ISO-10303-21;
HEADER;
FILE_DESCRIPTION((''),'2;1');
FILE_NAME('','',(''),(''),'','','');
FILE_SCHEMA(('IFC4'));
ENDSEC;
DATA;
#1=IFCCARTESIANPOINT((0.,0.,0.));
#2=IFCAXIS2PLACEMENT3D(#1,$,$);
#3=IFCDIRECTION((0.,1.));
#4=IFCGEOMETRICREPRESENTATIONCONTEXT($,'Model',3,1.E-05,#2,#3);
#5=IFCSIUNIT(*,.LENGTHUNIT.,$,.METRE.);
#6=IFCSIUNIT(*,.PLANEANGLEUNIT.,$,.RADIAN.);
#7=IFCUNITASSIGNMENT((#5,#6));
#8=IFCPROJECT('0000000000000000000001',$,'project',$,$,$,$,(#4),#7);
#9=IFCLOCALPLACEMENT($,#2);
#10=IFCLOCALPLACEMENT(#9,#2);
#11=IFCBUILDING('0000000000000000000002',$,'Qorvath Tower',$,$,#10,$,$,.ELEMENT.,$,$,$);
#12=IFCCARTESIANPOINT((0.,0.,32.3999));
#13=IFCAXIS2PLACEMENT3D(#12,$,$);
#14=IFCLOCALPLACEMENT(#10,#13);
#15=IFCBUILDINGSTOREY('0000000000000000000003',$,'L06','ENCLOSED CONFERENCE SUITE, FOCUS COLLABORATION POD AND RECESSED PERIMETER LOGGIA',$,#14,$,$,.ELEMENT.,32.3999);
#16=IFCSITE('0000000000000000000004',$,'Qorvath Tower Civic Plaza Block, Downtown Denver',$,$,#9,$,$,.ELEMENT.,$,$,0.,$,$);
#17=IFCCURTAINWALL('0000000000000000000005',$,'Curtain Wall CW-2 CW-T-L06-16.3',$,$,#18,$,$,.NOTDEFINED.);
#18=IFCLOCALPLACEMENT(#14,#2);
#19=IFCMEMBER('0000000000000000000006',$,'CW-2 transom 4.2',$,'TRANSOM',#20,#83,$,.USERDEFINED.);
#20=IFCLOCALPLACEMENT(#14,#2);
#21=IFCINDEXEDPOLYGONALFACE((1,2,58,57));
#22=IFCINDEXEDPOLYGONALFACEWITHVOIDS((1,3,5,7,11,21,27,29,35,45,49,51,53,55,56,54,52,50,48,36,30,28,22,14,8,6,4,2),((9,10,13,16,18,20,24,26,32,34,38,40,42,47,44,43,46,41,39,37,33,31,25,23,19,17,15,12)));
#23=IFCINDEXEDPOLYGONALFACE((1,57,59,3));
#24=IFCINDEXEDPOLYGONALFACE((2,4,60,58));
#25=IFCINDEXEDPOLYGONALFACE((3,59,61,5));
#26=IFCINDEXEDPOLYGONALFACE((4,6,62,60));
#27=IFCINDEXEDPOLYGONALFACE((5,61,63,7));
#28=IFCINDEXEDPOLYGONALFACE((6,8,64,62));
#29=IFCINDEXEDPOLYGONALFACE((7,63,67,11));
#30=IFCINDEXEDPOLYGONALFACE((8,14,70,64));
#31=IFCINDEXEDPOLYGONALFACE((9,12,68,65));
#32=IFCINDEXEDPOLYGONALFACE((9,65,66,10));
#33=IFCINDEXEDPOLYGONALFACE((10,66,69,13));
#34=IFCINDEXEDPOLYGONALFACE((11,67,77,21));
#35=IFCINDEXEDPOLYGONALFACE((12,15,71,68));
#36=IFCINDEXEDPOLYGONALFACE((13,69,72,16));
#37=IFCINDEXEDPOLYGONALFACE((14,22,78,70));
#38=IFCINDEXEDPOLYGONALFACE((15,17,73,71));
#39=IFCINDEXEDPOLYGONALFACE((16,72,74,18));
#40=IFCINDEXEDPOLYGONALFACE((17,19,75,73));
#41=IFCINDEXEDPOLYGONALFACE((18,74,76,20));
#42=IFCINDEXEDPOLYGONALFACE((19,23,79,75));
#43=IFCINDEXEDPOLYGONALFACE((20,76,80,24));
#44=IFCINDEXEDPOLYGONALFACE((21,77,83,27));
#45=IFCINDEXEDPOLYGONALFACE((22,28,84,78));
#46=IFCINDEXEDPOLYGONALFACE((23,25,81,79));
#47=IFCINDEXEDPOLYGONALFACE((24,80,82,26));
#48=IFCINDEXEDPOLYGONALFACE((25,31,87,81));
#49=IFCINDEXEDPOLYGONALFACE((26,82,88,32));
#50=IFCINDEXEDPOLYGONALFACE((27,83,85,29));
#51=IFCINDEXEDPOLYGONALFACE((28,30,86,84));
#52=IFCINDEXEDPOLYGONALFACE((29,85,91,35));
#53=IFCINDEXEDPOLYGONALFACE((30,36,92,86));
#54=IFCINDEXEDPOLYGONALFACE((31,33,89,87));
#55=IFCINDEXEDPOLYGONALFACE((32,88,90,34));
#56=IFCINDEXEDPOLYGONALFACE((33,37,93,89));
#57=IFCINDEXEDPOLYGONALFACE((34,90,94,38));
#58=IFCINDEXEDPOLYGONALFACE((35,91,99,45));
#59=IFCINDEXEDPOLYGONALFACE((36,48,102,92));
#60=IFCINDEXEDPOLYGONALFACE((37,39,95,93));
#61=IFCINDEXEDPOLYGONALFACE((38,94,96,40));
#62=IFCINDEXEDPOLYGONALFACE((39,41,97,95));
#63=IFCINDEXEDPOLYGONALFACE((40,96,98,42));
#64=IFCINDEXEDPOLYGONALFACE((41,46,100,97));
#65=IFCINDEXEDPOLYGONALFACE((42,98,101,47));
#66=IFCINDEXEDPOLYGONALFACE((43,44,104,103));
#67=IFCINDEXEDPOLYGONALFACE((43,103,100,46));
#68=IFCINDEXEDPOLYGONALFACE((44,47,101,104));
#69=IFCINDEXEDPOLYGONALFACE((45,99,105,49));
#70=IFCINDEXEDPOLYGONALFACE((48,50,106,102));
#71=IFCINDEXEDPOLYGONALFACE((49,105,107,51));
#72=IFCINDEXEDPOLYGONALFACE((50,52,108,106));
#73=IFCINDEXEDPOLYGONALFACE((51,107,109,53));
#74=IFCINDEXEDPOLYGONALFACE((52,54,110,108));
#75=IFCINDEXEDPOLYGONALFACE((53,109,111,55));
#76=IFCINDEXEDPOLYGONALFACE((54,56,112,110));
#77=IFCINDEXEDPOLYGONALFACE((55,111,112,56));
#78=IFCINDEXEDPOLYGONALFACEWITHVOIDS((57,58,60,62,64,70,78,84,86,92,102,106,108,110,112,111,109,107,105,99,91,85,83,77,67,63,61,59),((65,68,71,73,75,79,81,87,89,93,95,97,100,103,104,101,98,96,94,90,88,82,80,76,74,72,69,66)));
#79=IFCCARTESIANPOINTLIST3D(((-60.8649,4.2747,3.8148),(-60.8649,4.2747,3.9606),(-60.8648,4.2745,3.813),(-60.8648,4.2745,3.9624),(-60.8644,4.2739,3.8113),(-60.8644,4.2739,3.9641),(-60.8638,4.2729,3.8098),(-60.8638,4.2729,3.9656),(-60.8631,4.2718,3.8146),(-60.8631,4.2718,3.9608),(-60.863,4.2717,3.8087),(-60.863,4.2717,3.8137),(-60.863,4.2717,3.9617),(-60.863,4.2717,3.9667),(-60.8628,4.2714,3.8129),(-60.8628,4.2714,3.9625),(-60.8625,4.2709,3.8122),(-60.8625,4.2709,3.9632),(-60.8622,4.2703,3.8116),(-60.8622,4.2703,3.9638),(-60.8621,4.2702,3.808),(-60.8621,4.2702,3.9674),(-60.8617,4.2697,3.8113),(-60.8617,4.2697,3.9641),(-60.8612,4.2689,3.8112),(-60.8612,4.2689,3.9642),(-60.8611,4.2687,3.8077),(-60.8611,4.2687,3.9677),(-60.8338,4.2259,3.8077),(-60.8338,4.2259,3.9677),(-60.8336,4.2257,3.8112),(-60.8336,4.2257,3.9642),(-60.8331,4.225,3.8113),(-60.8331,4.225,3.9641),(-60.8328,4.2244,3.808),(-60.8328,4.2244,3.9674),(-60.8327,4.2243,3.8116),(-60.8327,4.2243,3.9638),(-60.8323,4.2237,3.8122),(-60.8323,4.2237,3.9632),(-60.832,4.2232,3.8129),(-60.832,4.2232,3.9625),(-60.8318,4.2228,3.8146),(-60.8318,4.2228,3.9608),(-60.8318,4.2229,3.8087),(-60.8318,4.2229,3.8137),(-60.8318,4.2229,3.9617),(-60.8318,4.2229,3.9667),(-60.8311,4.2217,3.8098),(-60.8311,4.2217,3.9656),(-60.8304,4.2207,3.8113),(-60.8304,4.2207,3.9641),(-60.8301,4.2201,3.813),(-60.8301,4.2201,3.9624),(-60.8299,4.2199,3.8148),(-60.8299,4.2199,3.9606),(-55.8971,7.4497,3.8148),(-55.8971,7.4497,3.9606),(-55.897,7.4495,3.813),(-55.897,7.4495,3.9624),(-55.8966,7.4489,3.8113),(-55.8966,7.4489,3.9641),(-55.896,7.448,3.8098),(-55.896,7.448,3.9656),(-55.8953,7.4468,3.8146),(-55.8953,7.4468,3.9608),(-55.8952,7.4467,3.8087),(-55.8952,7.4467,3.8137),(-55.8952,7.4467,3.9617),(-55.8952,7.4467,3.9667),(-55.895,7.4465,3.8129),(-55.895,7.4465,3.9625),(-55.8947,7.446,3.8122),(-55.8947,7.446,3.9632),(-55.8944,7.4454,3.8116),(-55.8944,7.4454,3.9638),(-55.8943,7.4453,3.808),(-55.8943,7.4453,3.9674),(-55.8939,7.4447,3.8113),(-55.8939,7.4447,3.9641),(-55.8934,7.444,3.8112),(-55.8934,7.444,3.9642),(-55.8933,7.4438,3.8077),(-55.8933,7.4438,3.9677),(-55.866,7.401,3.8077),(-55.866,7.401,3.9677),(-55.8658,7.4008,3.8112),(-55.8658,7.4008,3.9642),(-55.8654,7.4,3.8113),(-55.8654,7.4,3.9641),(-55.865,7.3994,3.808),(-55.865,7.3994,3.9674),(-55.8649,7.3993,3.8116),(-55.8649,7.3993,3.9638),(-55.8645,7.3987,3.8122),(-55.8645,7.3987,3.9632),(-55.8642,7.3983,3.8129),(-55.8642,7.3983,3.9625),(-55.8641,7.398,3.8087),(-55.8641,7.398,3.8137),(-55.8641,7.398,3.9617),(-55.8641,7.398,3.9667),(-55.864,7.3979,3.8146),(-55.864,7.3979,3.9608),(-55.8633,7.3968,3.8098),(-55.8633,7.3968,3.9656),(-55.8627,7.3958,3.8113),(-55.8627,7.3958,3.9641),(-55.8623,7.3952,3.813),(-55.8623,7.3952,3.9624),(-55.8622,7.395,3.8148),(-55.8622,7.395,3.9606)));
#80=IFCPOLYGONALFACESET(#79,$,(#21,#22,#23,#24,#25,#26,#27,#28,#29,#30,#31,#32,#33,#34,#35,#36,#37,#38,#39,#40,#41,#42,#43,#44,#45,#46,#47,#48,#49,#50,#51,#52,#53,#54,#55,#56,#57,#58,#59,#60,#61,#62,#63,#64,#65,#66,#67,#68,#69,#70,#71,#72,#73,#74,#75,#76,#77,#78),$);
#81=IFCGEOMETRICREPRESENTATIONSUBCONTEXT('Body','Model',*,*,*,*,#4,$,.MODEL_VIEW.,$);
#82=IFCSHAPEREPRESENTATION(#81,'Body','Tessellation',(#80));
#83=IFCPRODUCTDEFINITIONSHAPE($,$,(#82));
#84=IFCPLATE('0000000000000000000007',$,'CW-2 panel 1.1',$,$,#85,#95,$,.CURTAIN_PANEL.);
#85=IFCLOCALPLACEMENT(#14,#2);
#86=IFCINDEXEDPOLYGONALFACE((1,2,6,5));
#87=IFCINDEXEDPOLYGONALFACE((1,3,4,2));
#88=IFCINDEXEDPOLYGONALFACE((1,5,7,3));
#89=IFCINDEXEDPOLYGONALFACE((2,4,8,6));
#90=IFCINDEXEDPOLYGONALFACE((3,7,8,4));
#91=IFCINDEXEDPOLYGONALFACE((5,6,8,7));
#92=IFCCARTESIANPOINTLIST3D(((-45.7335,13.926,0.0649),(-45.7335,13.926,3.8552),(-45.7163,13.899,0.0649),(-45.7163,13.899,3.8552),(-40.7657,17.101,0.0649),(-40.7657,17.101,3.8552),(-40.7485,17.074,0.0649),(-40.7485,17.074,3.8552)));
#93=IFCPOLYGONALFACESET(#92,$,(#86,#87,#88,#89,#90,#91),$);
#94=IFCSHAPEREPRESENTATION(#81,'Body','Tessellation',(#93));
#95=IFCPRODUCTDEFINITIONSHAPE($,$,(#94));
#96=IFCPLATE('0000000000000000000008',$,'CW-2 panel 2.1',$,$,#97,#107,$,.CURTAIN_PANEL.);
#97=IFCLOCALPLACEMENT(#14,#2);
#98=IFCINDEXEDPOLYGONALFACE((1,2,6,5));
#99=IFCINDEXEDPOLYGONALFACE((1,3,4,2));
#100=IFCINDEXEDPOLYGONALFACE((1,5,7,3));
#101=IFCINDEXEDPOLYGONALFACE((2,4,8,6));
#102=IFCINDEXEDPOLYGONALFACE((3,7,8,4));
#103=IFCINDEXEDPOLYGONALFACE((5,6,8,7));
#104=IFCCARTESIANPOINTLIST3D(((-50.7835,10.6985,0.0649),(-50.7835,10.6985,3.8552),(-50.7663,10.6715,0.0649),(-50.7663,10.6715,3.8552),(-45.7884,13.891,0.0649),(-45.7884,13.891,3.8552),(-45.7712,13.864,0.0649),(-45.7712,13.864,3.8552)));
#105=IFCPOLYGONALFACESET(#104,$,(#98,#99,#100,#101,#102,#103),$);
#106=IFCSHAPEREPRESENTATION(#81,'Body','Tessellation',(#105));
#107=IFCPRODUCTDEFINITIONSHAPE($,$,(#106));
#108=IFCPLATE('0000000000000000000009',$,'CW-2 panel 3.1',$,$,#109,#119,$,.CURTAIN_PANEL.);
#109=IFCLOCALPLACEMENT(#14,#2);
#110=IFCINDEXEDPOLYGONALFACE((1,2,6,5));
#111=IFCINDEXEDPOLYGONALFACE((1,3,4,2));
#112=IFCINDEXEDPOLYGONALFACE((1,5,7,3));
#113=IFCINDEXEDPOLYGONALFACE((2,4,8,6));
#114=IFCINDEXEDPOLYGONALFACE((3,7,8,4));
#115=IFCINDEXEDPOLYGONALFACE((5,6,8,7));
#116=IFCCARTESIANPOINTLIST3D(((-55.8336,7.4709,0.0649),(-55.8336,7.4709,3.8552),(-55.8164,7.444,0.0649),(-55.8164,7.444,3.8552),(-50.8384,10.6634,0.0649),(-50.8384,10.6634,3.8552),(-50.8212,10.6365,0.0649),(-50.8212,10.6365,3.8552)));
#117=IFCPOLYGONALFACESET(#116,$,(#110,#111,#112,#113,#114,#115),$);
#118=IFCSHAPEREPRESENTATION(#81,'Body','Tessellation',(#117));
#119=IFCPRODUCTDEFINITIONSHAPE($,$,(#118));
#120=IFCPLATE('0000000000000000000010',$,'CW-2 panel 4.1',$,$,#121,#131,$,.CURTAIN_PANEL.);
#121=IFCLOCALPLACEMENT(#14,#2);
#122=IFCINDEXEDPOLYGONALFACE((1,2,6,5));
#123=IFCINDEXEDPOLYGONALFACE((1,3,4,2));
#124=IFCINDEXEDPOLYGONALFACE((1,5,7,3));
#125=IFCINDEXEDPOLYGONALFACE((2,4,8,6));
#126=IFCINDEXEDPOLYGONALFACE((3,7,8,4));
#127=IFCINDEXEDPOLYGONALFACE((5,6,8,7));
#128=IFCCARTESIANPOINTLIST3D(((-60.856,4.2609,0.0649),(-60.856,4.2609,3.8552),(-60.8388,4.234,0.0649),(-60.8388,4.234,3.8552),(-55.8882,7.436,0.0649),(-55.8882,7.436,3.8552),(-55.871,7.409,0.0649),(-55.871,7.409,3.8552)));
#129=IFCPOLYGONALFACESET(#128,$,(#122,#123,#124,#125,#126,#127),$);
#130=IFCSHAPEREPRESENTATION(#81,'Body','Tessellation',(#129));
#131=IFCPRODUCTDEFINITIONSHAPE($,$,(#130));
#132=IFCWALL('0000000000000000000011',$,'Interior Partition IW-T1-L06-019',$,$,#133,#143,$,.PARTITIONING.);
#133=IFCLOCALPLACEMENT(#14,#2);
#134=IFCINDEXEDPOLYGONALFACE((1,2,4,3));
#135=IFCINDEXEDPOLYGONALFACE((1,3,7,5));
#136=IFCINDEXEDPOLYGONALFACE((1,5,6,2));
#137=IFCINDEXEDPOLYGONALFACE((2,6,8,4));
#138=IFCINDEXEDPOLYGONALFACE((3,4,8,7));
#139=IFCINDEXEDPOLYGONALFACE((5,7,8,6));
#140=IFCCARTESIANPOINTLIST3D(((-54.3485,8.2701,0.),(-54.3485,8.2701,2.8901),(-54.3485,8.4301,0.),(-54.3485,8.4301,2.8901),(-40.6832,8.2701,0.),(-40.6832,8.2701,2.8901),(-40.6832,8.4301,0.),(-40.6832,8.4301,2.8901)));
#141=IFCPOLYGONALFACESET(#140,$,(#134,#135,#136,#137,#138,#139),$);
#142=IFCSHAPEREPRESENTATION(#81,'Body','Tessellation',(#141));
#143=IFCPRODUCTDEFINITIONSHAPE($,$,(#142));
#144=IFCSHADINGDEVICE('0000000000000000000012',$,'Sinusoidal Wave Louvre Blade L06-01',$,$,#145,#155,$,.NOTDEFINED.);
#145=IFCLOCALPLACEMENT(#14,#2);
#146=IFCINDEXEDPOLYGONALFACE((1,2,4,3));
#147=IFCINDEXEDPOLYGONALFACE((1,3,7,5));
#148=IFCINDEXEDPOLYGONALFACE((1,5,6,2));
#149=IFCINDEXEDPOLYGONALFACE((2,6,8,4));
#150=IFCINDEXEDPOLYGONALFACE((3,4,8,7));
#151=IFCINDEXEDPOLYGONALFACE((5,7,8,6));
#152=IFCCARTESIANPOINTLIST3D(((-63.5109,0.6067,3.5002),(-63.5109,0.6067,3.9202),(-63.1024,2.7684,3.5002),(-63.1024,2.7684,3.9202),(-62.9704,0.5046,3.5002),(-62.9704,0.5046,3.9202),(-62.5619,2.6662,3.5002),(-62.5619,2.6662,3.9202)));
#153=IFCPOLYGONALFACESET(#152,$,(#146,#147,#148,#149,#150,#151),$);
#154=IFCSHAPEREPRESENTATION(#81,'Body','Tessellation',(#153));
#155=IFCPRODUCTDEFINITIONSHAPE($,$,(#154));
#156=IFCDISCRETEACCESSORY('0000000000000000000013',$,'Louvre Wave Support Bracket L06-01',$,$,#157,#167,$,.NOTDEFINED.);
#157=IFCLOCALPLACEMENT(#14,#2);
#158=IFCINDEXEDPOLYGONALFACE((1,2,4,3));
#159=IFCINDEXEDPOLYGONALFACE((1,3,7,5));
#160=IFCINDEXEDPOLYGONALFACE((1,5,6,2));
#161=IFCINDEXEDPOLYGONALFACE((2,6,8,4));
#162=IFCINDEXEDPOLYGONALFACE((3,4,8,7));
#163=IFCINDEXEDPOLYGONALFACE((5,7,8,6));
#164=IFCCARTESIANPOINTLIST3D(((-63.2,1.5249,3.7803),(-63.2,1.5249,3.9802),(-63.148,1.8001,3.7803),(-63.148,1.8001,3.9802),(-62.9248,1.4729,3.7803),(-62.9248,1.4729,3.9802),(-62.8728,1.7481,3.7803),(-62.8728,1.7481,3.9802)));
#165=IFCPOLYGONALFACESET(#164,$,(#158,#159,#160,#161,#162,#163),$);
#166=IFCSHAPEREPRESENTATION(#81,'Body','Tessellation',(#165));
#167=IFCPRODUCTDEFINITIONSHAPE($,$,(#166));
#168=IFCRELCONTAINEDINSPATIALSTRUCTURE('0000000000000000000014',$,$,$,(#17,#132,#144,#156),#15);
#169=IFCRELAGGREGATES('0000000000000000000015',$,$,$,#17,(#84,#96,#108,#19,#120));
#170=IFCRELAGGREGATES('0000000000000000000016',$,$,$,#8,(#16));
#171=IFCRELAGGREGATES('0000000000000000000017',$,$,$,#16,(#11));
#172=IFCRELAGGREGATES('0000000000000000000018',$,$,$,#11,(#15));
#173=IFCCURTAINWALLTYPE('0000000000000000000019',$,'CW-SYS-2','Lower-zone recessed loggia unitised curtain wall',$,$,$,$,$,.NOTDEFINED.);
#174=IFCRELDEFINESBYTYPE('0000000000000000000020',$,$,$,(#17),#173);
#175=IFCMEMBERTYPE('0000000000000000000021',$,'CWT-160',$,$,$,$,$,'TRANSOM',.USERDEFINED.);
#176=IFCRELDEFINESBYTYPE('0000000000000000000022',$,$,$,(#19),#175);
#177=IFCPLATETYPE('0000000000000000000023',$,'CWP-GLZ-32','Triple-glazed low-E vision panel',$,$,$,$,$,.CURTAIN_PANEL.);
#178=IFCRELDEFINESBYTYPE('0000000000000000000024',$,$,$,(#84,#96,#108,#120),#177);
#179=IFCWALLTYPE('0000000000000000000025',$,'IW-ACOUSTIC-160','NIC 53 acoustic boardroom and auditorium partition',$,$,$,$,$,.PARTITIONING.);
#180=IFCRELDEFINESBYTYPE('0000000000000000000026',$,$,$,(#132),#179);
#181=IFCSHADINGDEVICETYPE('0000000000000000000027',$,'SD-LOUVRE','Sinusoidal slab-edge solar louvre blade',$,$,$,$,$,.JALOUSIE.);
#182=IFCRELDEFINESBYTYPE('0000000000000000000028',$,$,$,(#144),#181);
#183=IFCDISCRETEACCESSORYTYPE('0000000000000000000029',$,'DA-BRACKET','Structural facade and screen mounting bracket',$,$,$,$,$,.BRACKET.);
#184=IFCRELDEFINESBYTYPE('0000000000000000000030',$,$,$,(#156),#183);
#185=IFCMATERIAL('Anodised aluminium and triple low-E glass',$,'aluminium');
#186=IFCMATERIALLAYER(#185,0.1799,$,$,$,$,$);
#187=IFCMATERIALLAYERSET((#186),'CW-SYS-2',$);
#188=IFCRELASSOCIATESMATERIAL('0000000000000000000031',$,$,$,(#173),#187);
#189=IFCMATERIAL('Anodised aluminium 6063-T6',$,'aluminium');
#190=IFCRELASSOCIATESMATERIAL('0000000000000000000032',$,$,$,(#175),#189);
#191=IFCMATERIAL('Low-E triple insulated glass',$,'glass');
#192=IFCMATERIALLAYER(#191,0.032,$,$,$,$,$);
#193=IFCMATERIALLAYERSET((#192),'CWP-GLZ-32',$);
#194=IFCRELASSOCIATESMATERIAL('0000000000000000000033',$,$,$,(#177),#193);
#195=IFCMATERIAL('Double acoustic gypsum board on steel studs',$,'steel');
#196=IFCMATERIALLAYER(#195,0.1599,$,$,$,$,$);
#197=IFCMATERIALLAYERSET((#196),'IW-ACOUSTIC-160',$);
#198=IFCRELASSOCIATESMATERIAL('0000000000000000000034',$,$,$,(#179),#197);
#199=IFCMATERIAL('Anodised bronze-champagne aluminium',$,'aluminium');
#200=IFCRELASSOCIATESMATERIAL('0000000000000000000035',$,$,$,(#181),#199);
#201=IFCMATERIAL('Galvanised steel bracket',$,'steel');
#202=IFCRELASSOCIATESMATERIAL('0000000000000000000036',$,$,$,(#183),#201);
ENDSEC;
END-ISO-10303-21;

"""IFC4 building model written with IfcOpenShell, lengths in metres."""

from ifc_helpers import new_model, si_unit, direction, frame, frame_2d, origin, origin_2d, place, context, subcontext, project, spatial, rectangle, hollow_rectangle, extrude, material, layer, layer_set, material_profile, profile_set, type_object, element, aggregate, save


model = new_model("IFC4")

# Units and contexts
model_context = context("Model", 3, precision=1e-05, world=origin(), true_north=direction((0.0, 1.0)))
body_context = subcontext(model_context, "Body", "Model", "MODEL_VIEW")
ifc_project = project(units=[si_unit("LENGTHUNIT", "METRE"), si_unit("PLANEANGLEUNIT", "RADIAN")], contexts=[model_context])

# Site, building, storey
site_placement = place(None, origin())
site = spatial("IfcSite", under=ifc_project, at=site_placement, Name="Qorvath Tower Civic Plaza Block, Downtown Denver", CompositionType="ELEMENT", RefElevation=0.0)
building_placement = place(site_placement, origin())
building = spatial("IfcBuilding", under=site, at=building_placement, Name="Qorvath Tower", CompositionType="ELEMENT")
storey_placement = place(building_placement, frame((0.0, 0.0, 32.3999)))
storey = spatial("IfcBuildingStorey", under=building, at=storey_placement, Name="L06", Description="ENCLOSED CONFERENCE SUITE, FOCUS COLLABORATION POD AND RECESSED PERIMETER LOGGIA", CompositionType="ELEMENT", Elevation=32.3999)

# Curtain wall, member, plates
ifc_material_1 = material(Name="Anodised aluminium and triple low-E glass", Category="aluminium")
ifc_layer_1 = layer(ifc_material_1, 0.1799)
ifc_layer_set_1 = layer_set([ifc_layer_1], Name="CW-SYS-2")
curtain_wall_type = type_object("IfcCurtainWallType", Name="CW-SYS-2", Description="Lower-zone recessed loggia unitised curtain wall", PredefinedType="NOTDEFINED", material=ifc_layer_set_1)
curtain_wall_placement = place(storey_placement, origin())
curtain_wall = element("IfcCurtainWall", 1, at=curtain_wall_placement, inside=storey, type_object=curtain_wall_type, Name="Curtain Wall CW-2 CW-T-L06-16.3", PredefinedType="NOTDEFINED")
ifc_material_2 = material(Name="Anodised aluminium 6063-T6", Category="aluminium")
ifc_material_profile_1 = material_profile(ifc_material_2, hollow_rectangle(XDim=0.0649, YDim=0.1599, WallThickness=0.0034, InnerFilletRadius=0.0034, OuterFilletRadius=0.0071, at=origin_2d()), Name="CWT 160x65")
ifc_profile_set_1 = profile_set([ifc_material_profile_1], Name="Anodised aluminium 6063-T6")
member_type_1 = type_object("IfcMemberType", Name="CWT-160", ElementType="TRANSOM", PredefinedType="USERDEFINED", material=ifc_profile_set_1)
member_1_placement = place(storey_placement, frame((-55.8796, 7.4224, 3.8877), z_axis=(-0.842604, -0.538533, 0.0), x_axis=(0.538533, -0.842604, 0.0)))
member_1 = element("IfcMember", 2, at=member_1_placement, type_object=member_type_1, Name="CW-2 transom 4.2", ObjectType="TRANSOM", PredefinedType="USERDEFINED", context=body_context, shape_type="SweptSolid", body=[
    extrude(hollow_rectangle(XDim=0.0649, YDim=0.1599, WallThickness=0.0034, InnerFilletRadius=0.0034, OuterFilletRadius=0.0071, at=origin_2d()), origin(), (0.0, 0.0, 1.0), 5.8958),
])
ifc_material_3 = material(Name="Low-E triple insulated glass", Category="glass")
ifc_layer_2 = layer(ifc_material_3, 0.032)
ifc_layer_set_2 = layer_set([ifc_layer_2], Name="CWP-GLZ-32")
plate_type = type_object("IfcPlateType", Name="CWP-GLZ-32", Description="Triple-glazed low-E vision panel", PredefinedType="CURTAIN_PANEL", material=ifc_layer_set_2)
plate_1_placement = place(storey_placement, frame((-43.241, 15.5, 0.0649), z_axis=(0.0, 0.0, 1.0), x_axis=(-0.842607, -0.538529, 0.0)))
plate_1 = element("IfcPlate", 3, at=plate_1_placement, type_object=plate_type, Name="CW-2 panel 1.1", PredefinedType="CURTAIN_PANEL", context=body_context, shape_type="SweptSolid", body=[
    extrude(rectangle(XDim=5.8958, YDim=0.032, at=origin_2d()), origin(), (0.0, 0.0, 1.0), 3.7903),
])
plate_2_placement = place(storey_placement, frame((-48.2773, 12.2812, 0.0649), z_axis=(0.0, 0.0, 1.0), x_axis=(-0.842607, -0.538529, 0.0)))
plate_2 = element("IfcPlate", 4, at=plate_2_placement, type_object=plate_type, Name="CW-2 panel 2.1", PredefinedType="CURTAIN_PANEL", context=body_context, shape_type="SweptSolid", body=[
    extrude(rectangle(XDim=5.9282, YDim=0.032, at=origin_2d()), origin(), (0.0, 0.0, 1.0), 3.7903),
])
plate_3_placement = place(storey_placement, frame((-53.3274, 9.0537, 0.0649), z_axis=(0.0, 0.0, 1.0), x_axis=(-0.842607, -0.538529, 0.0)))
plate_3 = element("IfcPlate", 5, at=plate_3_placement, type_object=plate_type, Name="CW-2 panel 3.1", PredefinedType="CURTAIN_PANEL", context=body_context, shape_type="SweptSolid", body=[
    extrude(rectangle(XDim=5.9282, YDim=0.032, at=origin_2d()), origin(), (0.0, 0.0, 1.0), 3.7903),
])
plate_4_placement = place(storey_placement, frame((-58.3635, 5.835, 0.0649), z_axis=(0.0, 0.0, 1.0), x_axis=(-0.842607, -0.538529, 0.0)))
plate_4 = element("IfcPlate", 6, at=plate_4_placement, type_object=plate_type, Name="CW-2 panel 4.1", PredefinedType="CURTAIN_PANEL", context=body_context, shape_type="SweptSolid", body=[
    extrude(rectangle(XDim=5.8958, YDim=0.032, at=origin_2d()), origin(), (0.0, 0.0, 1.0), 3.7903),
])
aggregate(curtain_wall, [plate_1, plate_2, plate_3, member_1, plate_4])

# Wall
ifc_material_4 = material(Name="Double acoustic gypsum board on steel studs", Category="steel")
ifc_layer_3 = layer(ifc_material_4, 0.1599)
ifc_layer_set_3 = layer_set([ifc_layer_3], Name="IW-ACOUSTIC-160")
wall_type = type_object("IfcWallType", Name="IW-ACOUSTIC-160", Description="NIC 53 acoustic boardroom and auditorium partition", PredefinedType="PARTITIONING", material=ifc_layer_set_3)
wall_placement = place(storey_placement, frame((-54.3484, 8.3501, 0.0), z_axis=(0.0, 0.0, 1.0), x_axis=(1.0, 0.0, 0.0)))
element("IfcWall", 7, at=wall_placement, inside=storey, type_object=wall_type, Name="Interior Partition IW-T1-L06-019", PredefinedType="PARTITIONING", context=body_context, shape_type="SweptSolid", body=[
    extrude(rectangle(XDim=13.6653, YDim=0.1599, at=frame_2d((6.8325, 0.0))), origin(), (0.0, 0.0, 1.0), 2.8901),
])

# Shading device
ifc_material_5 = material(Name="Anodised bronze-champagne aluminium", Category="aluminium")
shading_device_type = type_object("IfcShadingDeviceType", Name="SD-LOUVRE", Description="Sinusoidal slab-edge solar louvre blade", PredefinedType="JALOUSIE", material=ifc_material_5)
shading_device_placement = place(storey_placement, frame((-63.0364, 1.6365, 3.5002), z_axis=(0.0, 0.0, 1.0), x_axis=(-0.185696, -0.982607, 0.0)))
element("IfcShadingDevice", 8, at=shading_device_placement, inside=storey, type_object=shading_device_type, Name="Sinusoidal Wave Louvre Blade L06-01", PredefinedType="NOTDEFINED", context=body_context, shape_type="SweptSolid", body=[
    extrude(rectangle(XDim=2.2, YDim=0.55, at=origin_2d()), origin(), (0.0, 0.0, 1.0), 0.4199),
])

# Discrete accessory
ifc_material_6 = material(Name="Galvanised steel bracket", Category="steel")
discrete_accessory_type = type_object("IfcDiscreteAccessoryType", Name="DA-BRACKET", Description="Structural facade and screen mounting bracket", PredefinedType="BRACKET", material=ifc_material_6)
discrete_accessory_placement = place(storey_placement, frame((-63.0364, 1.6365, 3.7803), z_axis=(0.0, 0.0, 1.0), x_axis=(-0.185696, -0.982607, 0.0)))
element("IfcDiscreteAccessory", 9, at=discrete_accessory_placement, inside=storey, type_object=discrete_accessory_type, Name="Louvre Wave Support Bracket L06-01", PredefinedType="NOTDEFINED", context=body_context, shape_type="SweptSolid", body=[
    extrude(rectangle(XDim=0.28, YDim=0.28, at=origin_2d()), origin(), (0.0, 0.0, 1.0), 0.2),
])

save(model, "model.ifc")
